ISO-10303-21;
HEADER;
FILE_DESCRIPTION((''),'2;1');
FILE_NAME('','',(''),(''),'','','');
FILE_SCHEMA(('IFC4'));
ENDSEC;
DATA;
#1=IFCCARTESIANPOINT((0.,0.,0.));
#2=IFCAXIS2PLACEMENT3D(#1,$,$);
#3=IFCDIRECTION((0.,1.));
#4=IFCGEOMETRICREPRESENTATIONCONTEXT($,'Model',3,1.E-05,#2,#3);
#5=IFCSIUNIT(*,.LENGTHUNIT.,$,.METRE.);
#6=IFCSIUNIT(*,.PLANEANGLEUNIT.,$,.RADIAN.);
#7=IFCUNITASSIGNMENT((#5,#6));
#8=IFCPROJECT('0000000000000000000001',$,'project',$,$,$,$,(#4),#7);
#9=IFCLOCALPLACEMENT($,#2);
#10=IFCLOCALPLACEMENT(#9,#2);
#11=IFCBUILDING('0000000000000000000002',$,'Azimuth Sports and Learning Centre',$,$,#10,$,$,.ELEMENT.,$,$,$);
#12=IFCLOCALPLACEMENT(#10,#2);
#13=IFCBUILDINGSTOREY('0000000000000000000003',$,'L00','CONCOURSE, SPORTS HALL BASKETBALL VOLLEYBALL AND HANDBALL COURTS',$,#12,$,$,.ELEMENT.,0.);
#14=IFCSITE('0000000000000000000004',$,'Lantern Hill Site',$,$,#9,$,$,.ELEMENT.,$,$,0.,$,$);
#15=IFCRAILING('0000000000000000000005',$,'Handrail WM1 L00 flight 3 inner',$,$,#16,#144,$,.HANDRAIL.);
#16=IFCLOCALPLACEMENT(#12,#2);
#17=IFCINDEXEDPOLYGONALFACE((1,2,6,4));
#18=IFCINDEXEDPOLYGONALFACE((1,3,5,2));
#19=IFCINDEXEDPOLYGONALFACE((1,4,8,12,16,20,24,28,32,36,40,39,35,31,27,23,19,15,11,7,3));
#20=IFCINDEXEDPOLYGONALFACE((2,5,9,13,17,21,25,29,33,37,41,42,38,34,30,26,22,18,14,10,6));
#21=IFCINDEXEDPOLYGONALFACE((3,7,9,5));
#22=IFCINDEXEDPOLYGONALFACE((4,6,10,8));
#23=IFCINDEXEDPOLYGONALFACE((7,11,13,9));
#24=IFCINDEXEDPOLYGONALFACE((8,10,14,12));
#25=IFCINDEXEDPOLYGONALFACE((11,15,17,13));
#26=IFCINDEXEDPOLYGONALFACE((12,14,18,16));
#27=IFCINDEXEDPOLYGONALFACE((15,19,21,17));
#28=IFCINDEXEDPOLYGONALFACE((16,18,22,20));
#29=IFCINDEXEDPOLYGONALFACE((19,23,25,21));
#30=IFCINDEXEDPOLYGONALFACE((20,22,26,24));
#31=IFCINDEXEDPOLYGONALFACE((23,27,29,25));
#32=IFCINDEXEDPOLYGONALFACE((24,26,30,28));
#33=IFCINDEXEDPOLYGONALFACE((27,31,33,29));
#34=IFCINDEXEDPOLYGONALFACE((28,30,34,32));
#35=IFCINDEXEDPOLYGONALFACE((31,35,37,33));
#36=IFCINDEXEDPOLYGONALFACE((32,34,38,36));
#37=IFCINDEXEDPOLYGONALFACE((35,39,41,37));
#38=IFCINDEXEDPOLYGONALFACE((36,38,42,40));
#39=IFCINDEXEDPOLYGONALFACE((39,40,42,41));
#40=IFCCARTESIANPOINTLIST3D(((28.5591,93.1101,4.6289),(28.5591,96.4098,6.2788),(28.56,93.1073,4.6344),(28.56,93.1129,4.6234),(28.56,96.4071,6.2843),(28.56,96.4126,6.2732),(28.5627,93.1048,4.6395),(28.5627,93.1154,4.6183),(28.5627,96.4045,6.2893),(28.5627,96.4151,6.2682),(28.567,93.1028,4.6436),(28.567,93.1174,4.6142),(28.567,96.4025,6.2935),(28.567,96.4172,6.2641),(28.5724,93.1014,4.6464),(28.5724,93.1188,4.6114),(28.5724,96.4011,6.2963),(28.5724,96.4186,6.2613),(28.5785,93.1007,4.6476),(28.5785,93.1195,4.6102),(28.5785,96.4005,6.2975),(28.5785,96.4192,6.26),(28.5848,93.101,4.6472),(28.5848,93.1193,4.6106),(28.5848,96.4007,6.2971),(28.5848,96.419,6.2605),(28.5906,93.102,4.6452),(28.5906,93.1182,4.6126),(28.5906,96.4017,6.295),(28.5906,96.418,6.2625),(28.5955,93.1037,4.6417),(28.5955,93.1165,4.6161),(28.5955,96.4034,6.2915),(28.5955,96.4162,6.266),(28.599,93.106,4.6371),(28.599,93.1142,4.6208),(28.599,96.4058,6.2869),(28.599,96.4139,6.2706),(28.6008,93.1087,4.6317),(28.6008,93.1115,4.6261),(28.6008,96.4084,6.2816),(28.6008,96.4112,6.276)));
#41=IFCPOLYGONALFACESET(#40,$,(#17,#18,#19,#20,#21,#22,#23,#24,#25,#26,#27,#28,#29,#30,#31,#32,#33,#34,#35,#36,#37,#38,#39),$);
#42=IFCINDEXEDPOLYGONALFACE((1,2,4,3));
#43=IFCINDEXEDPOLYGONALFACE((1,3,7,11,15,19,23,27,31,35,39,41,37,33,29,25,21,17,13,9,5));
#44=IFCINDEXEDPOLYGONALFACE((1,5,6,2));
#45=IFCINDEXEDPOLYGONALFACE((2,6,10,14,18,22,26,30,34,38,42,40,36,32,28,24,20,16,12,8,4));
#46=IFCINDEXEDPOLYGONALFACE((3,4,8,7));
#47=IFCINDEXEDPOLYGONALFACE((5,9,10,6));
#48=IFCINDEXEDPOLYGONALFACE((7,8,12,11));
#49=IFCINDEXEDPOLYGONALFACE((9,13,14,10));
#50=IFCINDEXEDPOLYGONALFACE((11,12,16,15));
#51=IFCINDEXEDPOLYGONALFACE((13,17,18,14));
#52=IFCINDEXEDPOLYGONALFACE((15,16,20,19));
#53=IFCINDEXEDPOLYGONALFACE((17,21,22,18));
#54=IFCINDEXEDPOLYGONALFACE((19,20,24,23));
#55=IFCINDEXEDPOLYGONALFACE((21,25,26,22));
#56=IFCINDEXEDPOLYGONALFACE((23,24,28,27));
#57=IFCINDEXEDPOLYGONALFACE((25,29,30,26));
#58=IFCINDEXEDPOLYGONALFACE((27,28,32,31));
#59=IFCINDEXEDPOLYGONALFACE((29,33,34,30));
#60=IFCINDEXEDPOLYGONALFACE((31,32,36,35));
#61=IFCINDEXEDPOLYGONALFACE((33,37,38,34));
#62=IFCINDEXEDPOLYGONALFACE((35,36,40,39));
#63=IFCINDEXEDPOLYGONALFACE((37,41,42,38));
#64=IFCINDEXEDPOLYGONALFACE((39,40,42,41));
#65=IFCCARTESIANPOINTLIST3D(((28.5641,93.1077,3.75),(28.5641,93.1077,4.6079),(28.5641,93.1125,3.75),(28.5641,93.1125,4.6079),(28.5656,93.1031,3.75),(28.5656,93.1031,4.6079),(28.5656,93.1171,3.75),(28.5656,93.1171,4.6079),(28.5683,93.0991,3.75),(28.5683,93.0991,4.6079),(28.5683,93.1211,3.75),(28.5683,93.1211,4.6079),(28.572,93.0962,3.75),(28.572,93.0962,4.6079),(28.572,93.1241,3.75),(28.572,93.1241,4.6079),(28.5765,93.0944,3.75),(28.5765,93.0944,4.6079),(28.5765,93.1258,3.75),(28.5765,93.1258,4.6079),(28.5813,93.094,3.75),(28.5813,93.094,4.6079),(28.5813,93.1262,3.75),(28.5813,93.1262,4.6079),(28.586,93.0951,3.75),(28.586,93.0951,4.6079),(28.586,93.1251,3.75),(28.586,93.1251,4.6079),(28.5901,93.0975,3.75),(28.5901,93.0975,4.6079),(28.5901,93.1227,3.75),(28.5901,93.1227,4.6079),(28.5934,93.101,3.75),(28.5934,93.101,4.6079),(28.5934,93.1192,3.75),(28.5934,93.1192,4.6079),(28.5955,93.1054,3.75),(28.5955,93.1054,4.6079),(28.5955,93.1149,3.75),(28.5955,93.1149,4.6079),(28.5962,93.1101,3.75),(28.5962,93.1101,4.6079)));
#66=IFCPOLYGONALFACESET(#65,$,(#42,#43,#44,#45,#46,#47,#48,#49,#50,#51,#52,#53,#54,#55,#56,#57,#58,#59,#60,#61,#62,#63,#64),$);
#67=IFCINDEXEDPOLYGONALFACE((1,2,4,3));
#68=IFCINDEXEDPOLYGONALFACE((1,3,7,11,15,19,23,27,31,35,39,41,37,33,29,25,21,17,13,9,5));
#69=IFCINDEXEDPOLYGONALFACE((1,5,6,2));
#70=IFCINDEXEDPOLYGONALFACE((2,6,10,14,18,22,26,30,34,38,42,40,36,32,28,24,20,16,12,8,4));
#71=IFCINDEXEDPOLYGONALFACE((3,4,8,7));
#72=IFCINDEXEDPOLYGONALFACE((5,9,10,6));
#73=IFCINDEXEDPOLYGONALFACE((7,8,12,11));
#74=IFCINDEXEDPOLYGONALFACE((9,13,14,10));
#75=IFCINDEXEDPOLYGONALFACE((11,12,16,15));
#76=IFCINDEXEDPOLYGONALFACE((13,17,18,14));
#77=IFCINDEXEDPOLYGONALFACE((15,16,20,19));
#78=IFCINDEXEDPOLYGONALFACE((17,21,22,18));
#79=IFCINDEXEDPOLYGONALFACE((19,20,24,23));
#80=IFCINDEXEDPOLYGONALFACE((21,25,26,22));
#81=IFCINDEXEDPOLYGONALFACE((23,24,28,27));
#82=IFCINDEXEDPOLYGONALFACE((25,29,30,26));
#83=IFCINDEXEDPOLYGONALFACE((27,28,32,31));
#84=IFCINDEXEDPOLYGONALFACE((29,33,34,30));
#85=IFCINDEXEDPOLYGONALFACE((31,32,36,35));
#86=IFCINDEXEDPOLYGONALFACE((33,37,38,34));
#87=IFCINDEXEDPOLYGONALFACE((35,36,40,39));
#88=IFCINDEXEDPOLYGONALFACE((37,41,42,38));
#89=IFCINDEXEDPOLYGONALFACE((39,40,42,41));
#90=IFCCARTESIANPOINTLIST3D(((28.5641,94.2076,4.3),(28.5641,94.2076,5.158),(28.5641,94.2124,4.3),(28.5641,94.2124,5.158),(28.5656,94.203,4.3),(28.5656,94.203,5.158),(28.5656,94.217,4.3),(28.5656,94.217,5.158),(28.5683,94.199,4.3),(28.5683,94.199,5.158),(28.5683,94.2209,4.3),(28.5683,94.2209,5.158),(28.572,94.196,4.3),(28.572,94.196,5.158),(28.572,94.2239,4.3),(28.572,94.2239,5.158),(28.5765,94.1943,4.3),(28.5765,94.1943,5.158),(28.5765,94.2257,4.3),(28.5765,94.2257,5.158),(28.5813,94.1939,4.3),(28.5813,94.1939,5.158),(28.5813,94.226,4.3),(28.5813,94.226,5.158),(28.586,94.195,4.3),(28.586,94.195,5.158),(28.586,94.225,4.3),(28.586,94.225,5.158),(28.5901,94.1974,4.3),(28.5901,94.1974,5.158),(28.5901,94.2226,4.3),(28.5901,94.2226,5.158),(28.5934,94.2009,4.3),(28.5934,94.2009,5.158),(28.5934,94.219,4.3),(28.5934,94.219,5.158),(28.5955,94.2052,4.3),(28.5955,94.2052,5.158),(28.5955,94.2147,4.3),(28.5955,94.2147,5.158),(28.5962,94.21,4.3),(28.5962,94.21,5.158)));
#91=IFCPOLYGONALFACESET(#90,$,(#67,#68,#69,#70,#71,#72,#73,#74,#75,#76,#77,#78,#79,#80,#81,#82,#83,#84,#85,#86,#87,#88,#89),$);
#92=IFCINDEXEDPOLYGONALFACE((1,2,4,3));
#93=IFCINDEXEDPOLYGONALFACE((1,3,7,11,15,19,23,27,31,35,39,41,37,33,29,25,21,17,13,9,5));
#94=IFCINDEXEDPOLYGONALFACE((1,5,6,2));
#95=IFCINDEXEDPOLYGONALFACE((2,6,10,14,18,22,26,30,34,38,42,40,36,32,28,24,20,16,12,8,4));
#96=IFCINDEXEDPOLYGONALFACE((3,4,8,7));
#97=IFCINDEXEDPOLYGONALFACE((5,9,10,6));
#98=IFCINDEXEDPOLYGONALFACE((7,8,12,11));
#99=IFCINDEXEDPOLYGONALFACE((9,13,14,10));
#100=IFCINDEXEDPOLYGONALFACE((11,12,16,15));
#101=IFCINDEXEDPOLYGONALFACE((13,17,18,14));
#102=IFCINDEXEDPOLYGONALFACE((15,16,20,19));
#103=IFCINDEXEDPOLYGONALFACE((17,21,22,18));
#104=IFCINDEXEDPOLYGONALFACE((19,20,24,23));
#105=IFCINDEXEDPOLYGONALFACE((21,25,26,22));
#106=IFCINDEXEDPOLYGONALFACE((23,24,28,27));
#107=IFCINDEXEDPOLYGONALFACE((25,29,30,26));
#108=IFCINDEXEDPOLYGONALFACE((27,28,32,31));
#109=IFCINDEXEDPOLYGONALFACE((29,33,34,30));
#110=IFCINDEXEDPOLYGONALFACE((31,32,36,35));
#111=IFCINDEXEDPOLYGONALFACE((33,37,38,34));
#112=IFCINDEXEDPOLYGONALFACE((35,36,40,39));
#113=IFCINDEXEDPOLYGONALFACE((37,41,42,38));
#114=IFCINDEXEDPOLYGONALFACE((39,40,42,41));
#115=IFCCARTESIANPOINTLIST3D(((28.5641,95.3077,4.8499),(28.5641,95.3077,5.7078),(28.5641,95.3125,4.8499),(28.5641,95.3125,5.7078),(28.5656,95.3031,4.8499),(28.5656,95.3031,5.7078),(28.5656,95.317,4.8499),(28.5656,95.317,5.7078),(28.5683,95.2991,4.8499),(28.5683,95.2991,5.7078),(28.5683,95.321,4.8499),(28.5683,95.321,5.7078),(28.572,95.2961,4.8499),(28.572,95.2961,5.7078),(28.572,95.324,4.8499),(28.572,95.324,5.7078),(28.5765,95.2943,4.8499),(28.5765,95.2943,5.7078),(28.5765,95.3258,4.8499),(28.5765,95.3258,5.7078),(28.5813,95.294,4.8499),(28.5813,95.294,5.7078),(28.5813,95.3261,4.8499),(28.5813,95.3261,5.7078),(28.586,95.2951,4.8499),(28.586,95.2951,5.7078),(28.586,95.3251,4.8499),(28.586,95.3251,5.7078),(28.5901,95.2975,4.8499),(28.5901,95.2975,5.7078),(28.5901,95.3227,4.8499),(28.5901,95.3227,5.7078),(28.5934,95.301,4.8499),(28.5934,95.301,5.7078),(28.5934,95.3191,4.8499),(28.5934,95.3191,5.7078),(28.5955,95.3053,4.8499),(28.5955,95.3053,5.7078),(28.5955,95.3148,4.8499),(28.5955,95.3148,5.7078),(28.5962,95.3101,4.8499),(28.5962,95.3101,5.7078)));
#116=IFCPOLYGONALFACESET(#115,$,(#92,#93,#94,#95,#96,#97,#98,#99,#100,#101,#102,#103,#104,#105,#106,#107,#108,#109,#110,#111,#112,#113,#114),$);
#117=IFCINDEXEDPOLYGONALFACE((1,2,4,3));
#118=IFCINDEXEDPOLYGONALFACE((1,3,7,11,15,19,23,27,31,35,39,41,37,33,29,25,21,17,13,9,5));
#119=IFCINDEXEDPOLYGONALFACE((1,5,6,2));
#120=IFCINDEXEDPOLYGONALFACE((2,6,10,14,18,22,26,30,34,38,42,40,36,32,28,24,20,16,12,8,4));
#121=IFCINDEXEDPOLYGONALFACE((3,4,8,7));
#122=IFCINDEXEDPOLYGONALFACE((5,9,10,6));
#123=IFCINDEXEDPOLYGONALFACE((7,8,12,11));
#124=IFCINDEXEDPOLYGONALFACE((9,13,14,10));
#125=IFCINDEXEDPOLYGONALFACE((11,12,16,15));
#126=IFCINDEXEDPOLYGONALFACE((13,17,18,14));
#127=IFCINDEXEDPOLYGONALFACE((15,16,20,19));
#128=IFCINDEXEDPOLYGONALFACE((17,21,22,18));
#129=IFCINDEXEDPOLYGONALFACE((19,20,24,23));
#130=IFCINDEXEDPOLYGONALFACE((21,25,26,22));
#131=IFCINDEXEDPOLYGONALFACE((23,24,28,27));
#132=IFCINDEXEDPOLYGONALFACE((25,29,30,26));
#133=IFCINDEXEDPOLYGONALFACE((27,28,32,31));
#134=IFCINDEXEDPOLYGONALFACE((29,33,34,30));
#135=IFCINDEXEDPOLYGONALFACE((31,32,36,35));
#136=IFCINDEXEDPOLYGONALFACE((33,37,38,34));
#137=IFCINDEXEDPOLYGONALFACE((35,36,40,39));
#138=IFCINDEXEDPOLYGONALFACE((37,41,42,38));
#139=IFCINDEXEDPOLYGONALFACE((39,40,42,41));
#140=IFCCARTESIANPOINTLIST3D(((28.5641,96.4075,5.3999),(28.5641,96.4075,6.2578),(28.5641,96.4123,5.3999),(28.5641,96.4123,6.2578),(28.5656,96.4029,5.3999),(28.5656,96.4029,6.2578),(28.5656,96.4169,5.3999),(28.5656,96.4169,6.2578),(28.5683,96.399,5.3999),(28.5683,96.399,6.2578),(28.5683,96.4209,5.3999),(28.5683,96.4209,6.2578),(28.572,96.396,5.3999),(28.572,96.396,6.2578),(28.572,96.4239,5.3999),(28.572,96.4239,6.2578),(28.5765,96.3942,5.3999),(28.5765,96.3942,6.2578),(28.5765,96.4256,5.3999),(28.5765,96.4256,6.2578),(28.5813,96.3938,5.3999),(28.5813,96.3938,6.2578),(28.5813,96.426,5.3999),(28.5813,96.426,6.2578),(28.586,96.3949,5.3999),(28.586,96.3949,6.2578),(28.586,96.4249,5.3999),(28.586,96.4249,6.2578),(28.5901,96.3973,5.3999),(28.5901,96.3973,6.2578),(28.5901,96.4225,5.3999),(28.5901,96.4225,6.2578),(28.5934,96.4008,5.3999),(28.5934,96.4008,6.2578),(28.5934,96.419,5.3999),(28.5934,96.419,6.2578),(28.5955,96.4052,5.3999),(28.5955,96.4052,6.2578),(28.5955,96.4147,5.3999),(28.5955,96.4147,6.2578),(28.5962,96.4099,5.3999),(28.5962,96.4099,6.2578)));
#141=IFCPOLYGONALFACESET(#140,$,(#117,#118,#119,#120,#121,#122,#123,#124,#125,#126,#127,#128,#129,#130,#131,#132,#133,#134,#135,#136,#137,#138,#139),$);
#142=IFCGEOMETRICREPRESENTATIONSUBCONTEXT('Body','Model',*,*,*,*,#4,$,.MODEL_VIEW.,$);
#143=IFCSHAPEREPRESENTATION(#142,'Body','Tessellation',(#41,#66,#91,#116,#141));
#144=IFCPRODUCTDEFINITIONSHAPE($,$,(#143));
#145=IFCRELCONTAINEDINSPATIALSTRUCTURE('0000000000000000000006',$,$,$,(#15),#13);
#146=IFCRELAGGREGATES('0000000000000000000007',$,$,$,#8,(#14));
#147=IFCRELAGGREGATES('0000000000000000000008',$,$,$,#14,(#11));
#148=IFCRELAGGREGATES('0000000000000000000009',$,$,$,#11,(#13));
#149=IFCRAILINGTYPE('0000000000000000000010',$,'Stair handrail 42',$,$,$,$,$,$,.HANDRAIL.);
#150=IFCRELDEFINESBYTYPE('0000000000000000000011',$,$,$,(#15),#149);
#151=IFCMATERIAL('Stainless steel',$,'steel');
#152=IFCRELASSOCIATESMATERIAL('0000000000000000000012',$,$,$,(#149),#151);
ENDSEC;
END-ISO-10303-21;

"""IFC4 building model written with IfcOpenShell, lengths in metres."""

from ifc_helpers import new_model, si_unit, direction, frame, origin, origin_2d, place, context, subcontext, project, spatial, circle, extrude, material, type_object, element, save


model = new_model("IFC4")

# Units and contexts
model_context = context("Model", 3, precision=1e-05, world=origin(), true_north=direction((0.0, 1.0)))
body_context = subcontext(model_context, "Body", "Model", "MODEL_VIEW")
ifc_project = project(units=[si_unit("LENGTHUNIT", "METRE"), si_unit("PLANEANGLEUNIT", "RADIAN")], contexts=[model_context])

# Site, building, storey
site_placement = place(None, origin())
site = spatial("IfcSite", under=ifc_project, at=site_placement, Name="Lantern Hill Site", CompositionType="ELEMENT", RefElevation=0.0)
building_placement = place(site_placement, origin())
building = spatial("IfcBuilding", under=site, at=building_placement, Name="Azimuth Sports and Learning Centre", CompositionType="ELEMENT")
storey_placement = place(building_placement, origin())
storey = spatial("IfcBuildingStorey", under=building, at=storey_placement, Name="L00", Description="CONCOURSE, SPORTS HALL BASKETBALL VOLLEYBALL AND HANDBALL COURTS", CompositionType="ELEMENT", Elevation=0.0)

# Railing
ifc_material_1 = material(Name="Stainless steel", Category="steel")
railing_type = type_object("IfcRailingType", Name="Stair handrail 42", PredefinedType="HANDRAIL", material=ifc_material_1)
for number, where, name in (
    (1, (28.5801, 93.1101, 3.75), "Handrail WM1 L00 flight 3 inner"),
):
    element("IfcRailing", number, at=place(storey_placement, frame(where)), inside=storey, type_object=railing_type, Name=name, PredefinedType="HANDRAIL", context=body_context, shape_type="SweptSolid", body=[
        extrude(circle(Radius=0.021, at=origin_2d()), frame((0.0, 0.0, 0.8789), z_axis=(0.0, 0.894427, 0.447214), x_axis=(-1.0, 0.0, 0.0)), (0.0, 0.0, 1.0), 3.6892),
        extrude(circle(Radius=0.0161, at=origin_2d()), origin(), (0.0, 0.0, 1.0), 0.8579),
        extrude(circle(Radius=0.0161, at=origin_2d()), frame((0.0, 1.0999, 0.55)), (0.0, 0.0, 1.0), 0.8579),
        extrude(circle(Radius=0.0161, at=origin_2d()), frame((0.0, 2.2, 1.0999)), (0.0, 0.0, 1.0), 0.8579),
        extrude(circle(Radius=0.0161, at=origin_2d()), frame((0.0, 3.2998, 1.6499)), (0.0, 0.0, 1.0), 0.8579),
    ])

save(model, "model.ifc")
